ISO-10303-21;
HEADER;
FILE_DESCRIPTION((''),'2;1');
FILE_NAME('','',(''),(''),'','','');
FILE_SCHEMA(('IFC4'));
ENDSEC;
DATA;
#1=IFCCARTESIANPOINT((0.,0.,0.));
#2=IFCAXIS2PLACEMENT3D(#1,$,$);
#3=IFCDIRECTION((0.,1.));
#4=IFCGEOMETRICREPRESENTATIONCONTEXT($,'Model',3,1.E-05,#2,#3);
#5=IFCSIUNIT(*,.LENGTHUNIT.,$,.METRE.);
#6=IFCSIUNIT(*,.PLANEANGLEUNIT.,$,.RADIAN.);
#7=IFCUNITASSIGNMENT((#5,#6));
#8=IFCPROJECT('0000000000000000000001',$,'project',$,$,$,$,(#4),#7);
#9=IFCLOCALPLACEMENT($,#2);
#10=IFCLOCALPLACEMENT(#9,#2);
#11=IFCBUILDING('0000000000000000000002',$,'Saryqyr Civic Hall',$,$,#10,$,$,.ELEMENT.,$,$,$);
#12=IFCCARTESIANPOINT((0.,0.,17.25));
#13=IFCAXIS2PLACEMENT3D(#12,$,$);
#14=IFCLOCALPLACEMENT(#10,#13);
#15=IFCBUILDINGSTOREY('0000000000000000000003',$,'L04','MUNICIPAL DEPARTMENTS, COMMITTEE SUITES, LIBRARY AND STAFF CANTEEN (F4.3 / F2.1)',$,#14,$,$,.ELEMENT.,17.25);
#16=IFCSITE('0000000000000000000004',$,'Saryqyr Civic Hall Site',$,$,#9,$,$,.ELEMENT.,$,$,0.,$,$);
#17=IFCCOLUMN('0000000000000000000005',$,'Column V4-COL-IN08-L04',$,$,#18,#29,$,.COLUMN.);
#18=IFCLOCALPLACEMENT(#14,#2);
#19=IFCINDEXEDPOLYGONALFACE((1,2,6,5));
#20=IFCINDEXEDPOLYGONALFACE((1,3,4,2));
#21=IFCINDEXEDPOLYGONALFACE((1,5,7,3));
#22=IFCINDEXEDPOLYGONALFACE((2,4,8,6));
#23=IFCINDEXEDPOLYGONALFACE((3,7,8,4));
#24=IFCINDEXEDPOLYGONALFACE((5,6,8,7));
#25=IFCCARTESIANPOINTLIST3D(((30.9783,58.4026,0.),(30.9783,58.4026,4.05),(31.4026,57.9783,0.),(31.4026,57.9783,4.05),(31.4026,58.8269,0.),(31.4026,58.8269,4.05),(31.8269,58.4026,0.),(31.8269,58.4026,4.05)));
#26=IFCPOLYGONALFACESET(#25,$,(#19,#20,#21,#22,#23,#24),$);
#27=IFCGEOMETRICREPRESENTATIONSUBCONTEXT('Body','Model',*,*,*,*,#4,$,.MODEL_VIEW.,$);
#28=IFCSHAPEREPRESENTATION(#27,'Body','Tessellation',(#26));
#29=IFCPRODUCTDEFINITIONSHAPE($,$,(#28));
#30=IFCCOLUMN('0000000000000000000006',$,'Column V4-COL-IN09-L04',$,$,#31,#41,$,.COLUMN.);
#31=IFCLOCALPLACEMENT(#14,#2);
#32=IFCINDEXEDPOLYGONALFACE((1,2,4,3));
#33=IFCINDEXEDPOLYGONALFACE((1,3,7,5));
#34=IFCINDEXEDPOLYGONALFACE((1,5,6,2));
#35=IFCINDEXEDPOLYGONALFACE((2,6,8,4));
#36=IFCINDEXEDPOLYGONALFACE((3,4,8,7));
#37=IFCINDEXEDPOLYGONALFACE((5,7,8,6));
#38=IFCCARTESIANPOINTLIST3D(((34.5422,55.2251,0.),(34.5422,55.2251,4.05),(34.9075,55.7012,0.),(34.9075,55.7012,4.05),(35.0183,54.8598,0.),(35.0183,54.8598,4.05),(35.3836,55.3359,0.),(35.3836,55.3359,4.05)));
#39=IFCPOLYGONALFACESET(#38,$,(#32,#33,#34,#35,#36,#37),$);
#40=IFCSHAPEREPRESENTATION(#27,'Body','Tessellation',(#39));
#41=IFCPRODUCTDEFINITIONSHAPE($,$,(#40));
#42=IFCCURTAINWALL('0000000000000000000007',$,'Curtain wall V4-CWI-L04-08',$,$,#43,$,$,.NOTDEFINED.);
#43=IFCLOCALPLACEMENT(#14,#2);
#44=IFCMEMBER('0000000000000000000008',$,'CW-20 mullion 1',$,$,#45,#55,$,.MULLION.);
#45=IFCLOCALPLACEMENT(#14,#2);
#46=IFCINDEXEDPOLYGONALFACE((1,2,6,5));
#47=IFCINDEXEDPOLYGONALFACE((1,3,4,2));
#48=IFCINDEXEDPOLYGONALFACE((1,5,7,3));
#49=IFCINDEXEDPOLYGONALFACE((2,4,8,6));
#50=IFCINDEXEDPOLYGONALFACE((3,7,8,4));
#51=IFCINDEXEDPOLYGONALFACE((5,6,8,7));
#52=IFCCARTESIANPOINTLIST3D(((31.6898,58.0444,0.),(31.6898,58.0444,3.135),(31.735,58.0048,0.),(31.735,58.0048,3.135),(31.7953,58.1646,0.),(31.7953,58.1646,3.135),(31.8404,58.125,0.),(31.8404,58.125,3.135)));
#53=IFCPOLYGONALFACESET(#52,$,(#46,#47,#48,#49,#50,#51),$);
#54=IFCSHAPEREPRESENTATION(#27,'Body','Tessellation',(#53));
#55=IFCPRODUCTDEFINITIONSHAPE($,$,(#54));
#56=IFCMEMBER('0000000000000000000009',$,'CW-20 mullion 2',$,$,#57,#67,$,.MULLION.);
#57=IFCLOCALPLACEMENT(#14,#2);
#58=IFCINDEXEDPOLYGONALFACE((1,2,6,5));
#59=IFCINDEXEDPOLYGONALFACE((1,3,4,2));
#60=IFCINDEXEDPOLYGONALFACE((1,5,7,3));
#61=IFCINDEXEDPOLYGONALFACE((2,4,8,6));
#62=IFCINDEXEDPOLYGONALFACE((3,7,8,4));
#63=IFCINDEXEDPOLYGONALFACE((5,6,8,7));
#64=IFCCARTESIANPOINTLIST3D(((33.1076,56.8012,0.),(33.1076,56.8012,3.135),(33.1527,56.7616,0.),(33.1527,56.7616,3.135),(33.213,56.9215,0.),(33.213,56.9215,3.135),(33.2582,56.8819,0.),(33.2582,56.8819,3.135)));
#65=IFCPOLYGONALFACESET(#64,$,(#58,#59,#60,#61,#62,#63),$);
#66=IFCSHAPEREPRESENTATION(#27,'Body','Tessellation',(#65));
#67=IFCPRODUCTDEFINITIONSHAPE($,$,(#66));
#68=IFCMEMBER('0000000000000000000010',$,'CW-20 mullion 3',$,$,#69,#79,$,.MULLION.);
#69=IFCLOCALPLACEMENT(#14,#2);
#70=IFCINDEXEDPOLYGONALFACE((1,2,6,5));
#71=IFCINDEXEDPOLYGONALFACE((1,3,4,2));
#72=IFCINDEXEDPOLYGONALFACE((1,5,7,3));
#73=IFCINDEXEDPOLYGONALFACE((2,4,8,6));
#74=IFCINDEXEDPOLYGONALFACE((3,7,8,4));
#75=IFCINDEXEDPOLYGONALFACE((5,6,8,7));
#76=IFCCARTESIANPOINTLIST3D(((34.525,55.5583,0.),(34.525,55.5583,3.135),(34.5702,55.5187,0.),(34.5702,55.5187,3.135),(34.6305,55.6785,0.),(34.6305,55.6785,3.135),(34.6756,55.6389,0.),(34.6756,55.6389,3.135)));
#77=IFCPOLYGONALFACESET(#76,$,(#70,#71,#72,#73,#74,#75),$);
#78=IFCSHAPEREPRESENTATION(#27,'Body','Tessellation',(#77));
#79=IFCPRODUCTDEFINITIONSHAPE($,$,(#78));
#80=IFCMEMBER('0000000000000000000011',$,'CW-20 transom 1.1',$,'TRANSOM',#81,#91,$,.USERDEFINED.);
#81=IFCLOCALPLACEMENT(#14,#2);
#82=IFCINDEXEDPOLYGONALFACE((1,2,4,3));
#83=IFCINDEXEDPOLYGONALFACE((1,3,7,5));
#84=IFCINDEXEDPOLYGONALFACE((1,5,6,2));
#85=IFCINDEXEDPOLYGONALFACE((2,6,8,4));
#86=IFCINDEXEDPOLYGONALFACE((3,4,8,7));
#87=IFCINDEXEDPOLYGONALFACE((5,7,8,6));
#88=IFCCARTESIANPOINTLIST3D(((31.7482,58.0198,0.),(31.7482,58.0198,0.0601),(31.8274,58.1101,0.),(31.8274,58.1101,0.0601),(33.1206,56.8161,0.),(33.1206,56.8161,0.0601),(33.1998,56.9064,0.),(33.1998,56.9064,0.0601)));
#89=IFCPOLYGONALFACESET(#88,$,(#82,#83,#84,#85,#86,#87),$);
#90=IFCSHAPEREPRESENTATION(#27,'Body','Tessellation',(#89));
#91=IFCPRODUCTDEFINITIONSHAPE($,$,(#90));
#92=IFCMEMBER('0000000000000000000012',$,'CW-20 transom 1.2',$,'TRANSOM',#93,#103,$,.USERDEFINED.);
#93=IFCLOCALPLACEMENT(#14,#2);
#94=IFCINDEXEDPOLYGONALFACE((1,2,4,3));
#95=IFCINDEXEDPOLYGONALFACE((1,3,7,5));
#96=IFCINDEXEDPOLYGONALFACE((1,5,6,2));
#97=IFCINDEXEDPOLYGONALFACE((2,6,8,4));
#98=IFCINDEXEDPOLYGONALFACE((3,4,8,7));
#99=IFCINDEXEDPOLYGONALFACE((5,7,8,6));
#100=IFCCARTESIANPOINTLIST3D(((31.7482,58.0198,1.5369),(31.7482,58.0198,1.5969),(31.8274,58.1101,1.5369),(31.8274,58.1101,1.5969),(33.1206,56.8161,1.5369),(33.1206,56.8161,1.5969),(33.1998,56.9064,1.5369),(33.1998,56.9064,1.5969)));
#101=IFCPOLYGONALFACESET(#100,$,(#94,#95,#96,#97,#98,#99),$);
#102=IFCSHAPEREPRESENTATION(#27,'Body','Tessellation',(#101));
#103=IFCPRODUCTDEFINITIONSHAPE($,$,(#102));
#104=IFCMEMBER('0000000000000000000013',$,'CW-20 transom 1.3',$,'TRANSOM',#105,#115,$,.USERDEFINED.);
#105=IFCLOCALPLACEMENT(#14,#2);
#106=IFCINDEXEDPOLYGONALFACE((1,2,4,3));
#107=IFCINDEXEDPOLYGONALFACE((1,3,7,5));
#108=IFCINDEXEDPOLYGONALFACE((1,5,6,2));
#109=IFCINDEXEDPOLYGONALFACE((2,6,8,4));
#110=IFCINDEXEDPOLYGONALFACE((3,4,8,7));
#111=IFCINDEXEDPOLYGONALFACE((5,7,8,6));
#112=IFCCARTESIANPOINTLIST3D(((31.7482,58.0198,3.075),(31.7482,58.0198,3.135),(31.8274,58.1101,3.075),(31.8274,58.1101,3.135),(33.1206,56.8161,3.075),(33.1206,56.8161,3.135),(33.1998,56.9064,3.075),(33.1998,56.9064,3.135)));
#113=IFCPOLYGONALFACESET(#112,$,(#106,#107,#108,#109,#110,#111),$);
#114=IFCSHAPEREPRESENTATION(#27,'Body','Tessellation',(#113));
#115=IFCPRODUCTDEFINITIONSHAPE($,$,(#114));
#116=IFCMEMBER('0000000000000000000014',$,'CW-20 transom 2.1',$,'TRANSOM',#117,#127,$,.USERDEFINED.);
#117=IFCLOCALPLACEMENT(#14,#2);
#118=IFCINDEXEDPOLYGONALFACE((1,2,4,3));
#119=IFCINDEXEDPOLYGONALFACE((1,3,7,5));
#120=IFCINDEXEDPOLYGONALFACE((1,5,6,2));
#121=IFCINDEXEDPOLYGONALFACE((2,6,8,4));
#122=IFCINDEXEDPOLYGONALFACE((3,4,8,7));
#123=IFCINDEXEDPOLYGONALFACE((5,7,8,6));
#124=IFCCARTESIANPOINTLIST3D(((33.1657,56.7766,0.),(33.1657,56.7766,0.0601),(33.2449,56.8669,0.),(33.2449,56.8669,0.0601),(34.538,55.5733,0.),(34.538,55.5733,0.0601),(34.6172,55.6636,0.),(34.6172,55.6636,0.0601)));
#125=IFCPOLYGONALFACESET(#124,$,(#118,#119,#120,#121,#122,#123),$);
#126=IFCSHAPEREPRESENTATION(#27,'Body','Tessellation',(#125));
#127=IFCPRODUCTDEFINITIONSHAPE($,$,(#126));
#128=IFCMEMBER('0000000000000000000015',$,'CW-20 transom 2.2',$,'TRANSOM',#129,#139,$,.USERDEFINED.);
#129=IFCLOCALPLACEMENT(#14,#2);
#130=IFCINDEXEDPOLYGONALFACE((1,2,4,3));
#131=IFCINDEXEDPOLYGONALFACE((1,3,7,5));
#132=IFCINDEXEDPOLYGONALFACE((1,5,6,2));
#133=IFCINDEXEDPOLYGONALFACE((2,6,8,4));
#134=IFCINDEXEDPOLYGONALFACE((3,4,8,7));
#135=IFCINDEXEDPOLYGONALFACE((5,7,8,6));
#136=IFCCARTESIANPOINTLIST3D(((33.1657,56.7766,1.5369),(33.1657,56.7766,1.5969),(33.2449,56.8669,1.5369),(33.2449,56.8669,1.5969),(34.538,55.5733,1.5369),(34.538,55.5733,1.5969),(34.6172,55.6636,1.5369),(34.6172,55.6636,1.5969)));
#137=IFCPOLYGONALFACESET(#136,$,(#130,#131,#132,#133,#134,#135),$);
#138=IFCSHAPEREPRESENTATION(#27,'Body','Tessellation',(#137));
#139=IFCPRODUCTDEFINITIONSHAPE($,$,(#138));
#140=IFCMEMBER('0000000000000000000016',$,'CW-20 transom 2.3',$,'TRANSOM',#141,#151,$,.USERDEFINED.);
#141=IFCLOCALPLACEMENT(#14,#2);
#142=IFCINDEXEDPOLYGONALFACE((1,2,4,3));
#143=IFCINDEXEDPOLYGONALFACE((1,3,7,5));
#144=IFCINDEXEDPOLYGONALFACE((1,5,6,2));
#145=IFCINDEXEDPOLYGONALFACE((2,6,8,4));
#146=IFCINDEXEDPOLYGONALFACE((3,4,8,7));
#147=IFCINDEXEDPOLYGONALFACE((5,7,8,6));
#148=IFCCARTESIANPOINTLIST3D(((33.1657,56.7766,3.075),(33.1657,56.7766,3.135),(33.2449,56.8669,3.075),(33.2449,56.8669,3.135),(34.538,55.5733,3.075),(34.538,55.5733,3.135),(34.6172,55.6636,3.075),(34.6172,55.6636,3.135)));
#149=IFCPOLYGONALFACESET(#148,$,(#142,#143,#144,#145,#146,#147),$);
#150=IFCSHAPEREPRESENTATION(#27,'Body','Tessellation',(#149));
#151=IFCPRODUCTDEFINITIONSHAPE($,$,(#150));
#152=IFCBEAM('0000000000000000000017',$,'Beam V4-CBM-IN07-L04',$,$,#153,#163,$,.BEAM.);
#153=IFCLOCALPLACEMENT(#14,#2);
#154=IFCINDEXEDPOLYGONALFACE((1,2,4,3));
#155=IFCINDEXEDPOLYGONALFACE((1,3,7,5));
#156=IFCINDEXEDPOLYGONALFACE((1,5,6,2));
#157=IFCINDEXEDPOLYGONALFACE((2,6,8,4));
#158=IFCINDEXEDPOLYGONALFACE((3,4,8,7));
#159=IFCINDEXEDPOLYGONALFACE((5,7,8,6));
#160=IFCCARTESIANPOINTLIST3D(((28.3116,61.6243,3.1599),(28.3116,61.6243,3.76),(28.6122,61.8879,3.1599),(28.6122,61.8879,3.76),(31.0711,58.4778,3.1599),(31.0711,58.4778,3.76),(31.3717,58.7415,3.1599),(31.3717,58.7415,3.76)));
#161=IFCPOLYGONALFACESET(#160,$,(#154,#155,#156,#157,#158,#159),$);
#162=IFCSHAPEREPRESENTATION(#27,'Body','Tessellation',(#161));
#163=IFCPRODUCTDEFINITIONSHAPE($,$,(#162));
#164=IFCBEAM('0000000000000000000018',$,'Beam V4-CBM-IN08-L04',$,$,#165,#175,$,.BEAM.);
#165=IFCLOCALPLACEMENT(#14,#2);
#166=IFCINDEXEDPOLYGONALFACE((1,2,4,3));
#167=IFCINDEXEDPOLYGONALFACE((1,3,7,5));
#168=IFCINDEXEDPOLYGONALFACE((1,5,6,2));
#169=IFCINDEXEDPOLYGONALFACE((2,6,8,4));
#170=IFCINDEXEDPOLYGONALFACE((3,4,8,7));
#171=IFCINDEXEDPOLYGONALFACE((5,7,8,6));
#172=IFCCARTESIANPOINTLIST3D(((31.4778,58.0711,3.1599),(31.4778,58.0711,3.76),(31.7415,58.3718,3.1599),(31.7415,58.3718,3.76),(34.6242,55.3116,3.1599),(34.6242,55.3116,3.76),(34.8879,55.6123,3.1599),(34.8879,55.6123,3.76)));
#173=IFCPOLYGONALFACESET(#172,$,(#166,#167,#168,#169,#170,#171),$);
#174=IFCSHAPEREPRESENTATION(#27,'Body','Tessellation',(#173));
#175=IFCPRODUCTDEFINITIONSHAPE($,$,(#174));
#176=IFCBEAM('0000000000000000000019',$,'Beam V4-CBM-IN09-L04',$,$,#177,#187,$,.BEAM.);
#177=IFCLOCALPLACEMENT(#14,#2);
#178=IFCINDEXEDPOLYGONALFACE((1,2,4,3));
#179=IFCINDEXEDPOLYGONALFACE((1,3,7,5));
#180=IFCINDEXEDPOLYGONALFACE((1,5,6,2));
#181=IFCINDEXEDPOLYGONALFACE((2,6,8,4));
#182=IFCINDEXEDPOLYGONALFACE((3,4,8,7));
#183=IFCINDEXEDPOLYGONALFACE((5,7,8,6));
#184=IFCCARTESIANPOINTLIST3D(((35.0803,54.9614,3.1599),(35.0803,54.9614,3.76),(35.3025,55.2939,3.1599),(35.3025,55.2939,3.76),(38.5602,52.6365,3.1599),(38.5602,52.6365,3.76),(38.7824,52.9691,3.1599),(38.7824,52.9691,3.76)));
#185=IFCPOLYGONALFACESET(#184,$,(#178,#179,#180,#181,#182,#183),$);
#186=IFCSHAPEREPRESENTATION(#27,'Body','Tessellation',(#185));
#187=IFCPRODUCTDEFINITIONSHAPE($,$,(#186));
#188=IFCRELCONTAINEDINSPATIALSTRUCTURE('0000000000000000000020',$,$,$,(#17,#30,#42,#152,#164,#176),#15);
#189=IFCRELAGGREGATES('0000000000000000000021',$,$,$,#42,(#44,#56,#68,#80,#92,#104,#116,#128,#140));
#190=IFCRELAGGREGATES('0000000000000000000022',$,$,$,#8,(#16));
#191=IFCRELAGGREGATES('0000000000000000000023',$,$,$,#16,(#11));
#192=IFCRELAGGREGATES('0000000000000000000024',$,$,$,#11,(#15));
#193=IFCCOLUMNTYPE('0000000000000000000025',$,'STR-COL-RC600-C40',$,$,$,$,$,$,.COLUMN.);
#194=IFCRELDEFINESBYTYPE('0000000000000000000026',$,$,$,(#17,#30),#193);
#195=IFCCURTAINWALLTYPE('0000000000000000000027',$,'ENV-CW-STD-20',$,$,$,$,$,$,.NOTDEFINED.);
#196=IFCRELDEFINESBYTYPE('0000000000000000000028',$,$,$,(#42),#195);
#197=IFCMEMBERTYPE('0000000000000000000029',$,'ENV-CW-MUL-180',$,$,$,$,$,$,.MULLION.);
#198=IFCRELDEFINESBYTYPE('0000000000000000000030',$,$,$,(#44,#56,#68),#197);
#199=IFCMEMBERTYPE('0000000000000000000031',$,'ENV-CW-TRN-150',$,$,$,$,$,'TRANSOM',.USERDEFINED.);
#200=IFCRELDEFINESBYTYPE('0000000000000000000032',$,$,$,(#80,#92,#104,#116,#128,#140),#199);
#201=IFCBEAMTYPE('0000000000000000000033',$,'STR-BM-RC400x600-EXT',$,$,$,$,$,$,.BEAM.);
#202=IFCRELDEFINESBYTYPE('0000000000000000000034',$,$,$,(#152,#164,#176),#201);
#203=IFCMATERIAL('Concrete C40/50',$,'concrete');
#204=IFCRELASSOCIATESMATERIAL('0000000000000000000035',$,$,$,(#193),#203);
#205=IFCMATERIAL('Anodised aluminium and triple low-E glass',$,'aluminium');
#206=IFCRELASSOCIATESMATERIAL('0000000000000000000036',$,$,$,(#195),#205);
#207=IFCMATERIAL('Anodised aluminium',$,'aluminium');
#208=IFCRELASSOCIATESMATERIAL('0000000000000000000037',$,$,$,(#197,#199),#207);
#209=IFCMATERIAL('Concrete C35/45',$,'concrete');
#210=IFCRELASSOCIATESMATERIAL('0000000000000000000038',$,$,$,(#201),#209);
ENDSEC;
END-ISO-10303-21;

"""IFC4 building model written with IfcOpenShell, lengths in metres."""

from ifc_helpers import new_model, si_unit, direction, frame, origin, origin_2d, place, context, subcontext, project, spatial, rectangle, extrude, material, material_profile, profile_set, type_object, element, aggregate, save


model = new_model("IFC4")

# Units and contexts
model_context = context("Model", 3, precision=1e-05, world=origin(), true_north=direction((0.0, 1.0)))
body_context = subcontext(model_context, "Body", "Model", "MODEL_VIEW")
ifc_project = project(units=[si_unit("LENGTHUNIT", "METRE"), si_unit("PLANEANGLEUNIT", "RADIAN")], contexts=[model_context])

# Site, building, storey
site_placement = place(None, origin())
site = spatial("IfcSite", under=ifc_project, at=site_placement, Name="Saryqyr Civic Hall Site", CompositionType="ELEMENT", RefElevation=0.0)
building_placement = place(site_placement, origin())
building = spatial("IfcBuilding", under=site, at=building_placement, Name="Saryqyr Civic Hall", CompositionType="ELEMENT")
storey_placement = place(building_placement, frame((0.0, 0.0, 17.25)))
storey = spatial("IfcBuildingStorey", under=building, at=storey_placement, Name="L04", Description="MUNICIPAL DEPARTMENTS, COMMITTEE SUITES, LIBRARY AND STAFF CANTEEN (F4.3 / F2.1)", CompositionType="ELEMENT", Elevation=17.25)

# Columns
ifc_material_1 = material(Name="Concrete C40/50", Category="concrete")
ifc_material_profile_1 = material_profile(ifc_material_1, rectangle(XDim=0.6001, YDim=0.6001, at=origin_2d()), Name="RC 600x600")
ifc_profile_set_1 = profile_set([ifc_material_profile_1], Name="Concrete C40/50")
column_type = type_object("IfcColumnType", Name="STR-COL-RC600-C40", PredefinedType="COLUMN", material=ifc_profile_set_1)
for number, where, z_axis, x_axis, name in (
    (1, (31.4026, 58.4026, 0.0), (0.0, 0.0, 1.0), (-0.707107, -0.707107, 0.0), "Column V4-COL-IN08-L04"),
    (2, (34.9629, 55.2805, 0.0), (0.0, 0.0, 1.0), (-0.608761, -0.793353, 0.0), "Column V4-COL-IN09-L04"),
):
    element("IfcColumn", number, at=place(storey_placement, frame(where, z_axis=z_axis, x_axis=x_axis)), inside=storey, type_object=column_type, Name=name, PredefinedType="COLUMN", context=body_context, shape_type="SweptSolid", body=[
        extrude(rectangle(XDim=0.6001, YDim=0.6001, at=origin_2d()), origin(), (0.0, 0.0, 1.0), 4.05),
    ])

# Curtain wall, members
ifc_material_2 = material(Name="Anodised aluminium and triple low-E glass", Category="aluminium")
curtain_wall_type = type_object("IfcCurtainWallType", Name="ENV-CW-STD-20", PredefinedType="NOTDEFINED", material=ifc_material_2)
curtain_wall_placement = place(storey_placement, origin())
curtain_wall = element("IfcCurtainWall", 3, at=curtain_wall_placement, inside=storey, type_object=curtain_wall_type, Name="Curtain wall V4-CWI-L04-08", PredefinedType="NOTDEFINED")
ifc_material_3 = material(Name="Anodised aluminium", Category="aluminium")
ifc_material_profile_2 = material_profile(ifc_material_3, rectangle(XDim=0.0601, YDim=0.1599, at=origin_2d()), Name="ALU MULLION 60x160")
ifc_profile_set_2 = profile_set([ifc_material_profile_2], Name="Anodised aluminium")
member_type_1 = type_object("IfcMemberType", Name="ENV-CW-MUL-180", PredefinedType="MULLION", material=ifc_profile_set_2)
member_1_placement = place(storey_placement, frame((31.7651, 58.0847, 0.0), z_axis=(0.0, 0.0, 1.0), x_axis=(0.75185, -0.659334, 0.0)))
member_1 = element("IfcMember", 4, at=member_1_placement, type_object=member_type_1, Name="CW-20 mullion 1", PredefinedType="MULLION", context=body_context, shape_type="SweptSolid", body=[
    extrude(rectangle(XDim=0.0601, YDim=0.1599, at=origin_2d()), origin(), (0.0, 0.0, 1.0), 3.135),
])
member_2_placement = place(storey_placement, frame((33.1829, 56.8416, 0.0), z_axis=(0.0, 0.0, 1.0), x_axis=(0.75185, -0.659334, 0.0)))
member_2 = element("IfcMember", 5, at=member_2_placement, type_object=member_type_1, Name="CW-20 mullion 2", PredefinedType="MULLION", context=body_context, shape_type="SweptSolid", body=[
    extrude(rectangle(XDim=0.0601, YDim=0.1599, at=origin_2d()), origin(), (0.0, 0.0, 1.0), 3.135),
])
member_3_placement = place(storey_placement, frame((34.6003, 55.5986, 0.0), z_axis=(0.0, 0.0, 1.0), x_axis=(0.75185, -0.659334, 0.0)))
member_3 = element("IfcMember", 6, at=member_3_placement, type_object=member_type_1, Name="CW-20 mullion 3", PredefinedType="MULLION", context=body_context, shape_type="SweptSolid", body=[
    extrude(rectangle(XDim=0.0601, YDim=0.1599, at=origin_2d()), origin(), (0.0, 0.0, 1.0), 3.135),
])
ifc_material_profile_3 = material_profile(ifc_material_3, rectangle(XDim=0.1201, YDim=0.0601, at=origin_2d()), Name="ALU TRANSOM 120x60")
ifc_profile_set_3 = profile_set([ifc_material_profile_3], Name="Anodised aluminium")
member_type_2 = type_object("IfcMemberType", Name="ENV-CW-TRN-150", ElementType="TRANSOM", PredefinedType="USERDEFINED", material=ifc_profile_set_3)
member_4_placement = place(storey_placement, frame((31.7878, 58.0649, 0.03), z_axis=(0.751806, -0.659385, 0.0), x_axis=(0.659385, 0.751806, 0.0)))
member_4 = element("IfcMember", 7, at=member_4_placement, type_object=member_type_2, Name="CW-20 transom 1.1", ObjectType="TRANSOM", PredefinedType="USERDEFINED", context=body_context, shape_type="SweptSolid", body=[
    extrude(rectangle(XDim=0.1201, YDim=0.0601, at=origin_2d()), origin(), (0.0, 0.0, 1.0), 1.8254),
])
member_5_placement = place(storey_placement, frame((31.7878, 58.0649, 1.5669), z_axis=(0.751806, -0.659385, 0.0), x_axis=(0.659385, 0.751806, 0.0)))
member_5 = element("IfcMember", 8, at=member_5_placement, type_object=member_type_2, Name="CW-20 transom 1.2", ObjectType="TRANSOM", PredefinedType="USERDEFINED", context=body_context, shape_type="SweptSolid", body=[
    extrude(rectangle(XDim=0.1201, YDim=0.0601, at=origin_2d()), origin(), (0.0, 0.0, 1.0), 1.8254),
])
member_6_placement = place(storey_placement, frame((31.7878, 58.0649, 3.105), z_axis=(0.751806, -0.659385, 0.0), x_axis=(0.659385, 0.751806, 0.0)))
member_6 = element("IfcMember", 9, at=member_6_placement, type_object=member_type_2, Name="CW-20 transom 1.3", ObjectType="TRANSOM", PredefinedType="USERDEFINED", context=body_context, shape_type="SweptSolid", body=[
    extrude(rectangle(XDim=0.1201, YDim=0.0601, at=origin_2d()), origin(), (0.0, 0.0, 1.0), 1.8254),
])
member_7_placement = place(storey_placement, frame((33.2053, 56.8218, 0.03), z_axis=(0.751872, -0.659309, 0.0), x_axis=(0.659309, 0.751872, 0.0)))
member_7 = element("IfcMember", 10, at=member_7_placement, type_object=member_type_2, Name="CW-20 transom 2.1", ObjectType="TRANSOM", PredefinedType="USERDEFINED", context=body_context, shape_type="SweptSolid", body=[
    extrude(rectangle(XDim=0.1201, YDim=0.0601, at=origin_2d()), origin(), (0.0, 0.0, 1.0), 1.8252),
])
member_8_placement = place(storey_placement, frame((33.2053, 56.8218, 1.5669), z_axis=(0.751872, -0.659309, 0.0), x_axis=(0.659309, 0.751872, 0.0)))
member_8 = element("IfcMember", 11, at=member_8_placement, type_object=member_type_2, Name="CW-20 transom 2.2", ObjectType="TRANSOM", PredefinedType="USERDEFINED", context=body_context, shape_type="SweptSolid", body=[
    extrude(rectangle(XDim=0.1201, YDim=0.0601, at=origin_2d()), origin(), (0.0, 0.0, 1.0), 1.8252),
])
member_9_placement = place(storey_placement, frame((33.2053, 56.8218, 3.105), z_axis=(0.751872, -0.659309, 0.0), x_axis=(0.659309, 0.751872, 0.0)))
member_9 = element("IfcMember", 12, at=member_9_placement, type_object=member_type_2, Name="CW-20 transom 2.3", ObjectType="TRANSOM", PredefinedType="USERDEFINED", context=body_context, shape_type="SweptSolid", body=[
    extrude(rectangle(XDim=0.1201, YDim=0.0601, at=origin_2d()), origin(), (0.0, 0.0, 1.0), 1.8252),
])

# Beams
ifc_material_4 = material(Name="Concrete C35/45", Category="concrete")
ifc_material_profile_4 = material_profile(ifc_material_4, rectangle(XDim=0.3999, YDim=0.6001, at=origin_2d()), Name="RC 400x600")
ifc_profile_set_4 = profile_set([ifc_material_profile_4], Name="Concrete C35/45")
beam_type_1 = type_object("IfcBeamType", Name="STR-BM-RC400x600-EXT", PredefinedType="BEAM", material=ifc_profile_set_4)
for number, where, z_axis, x_axis, name in (
    (13, (28.4619, 61.7561, 3.46), (0.659363, -0.751825, 0.0), (0.751825, 0.659363, 0.0), "Beam V4-CBM-IN07-L04"),
    (14, (31.6096, 58.2214, 3.46), (0.751825, -0.659363, 0.0), (0.659363, 0.751825, 0.0), "Beam V4-CBM-IN08-L04"),
    (15, (35.1914, 55.1277, 3.46), (0.831502, -0.555521, 0.0), (0.555521, 0.831502, 0.0), "Beam V4-CBM-IN09-L04"),
):
    element("IfcBeam", number, at=place(storey_placement, frame(where, z_axis=z_axis, x_axis=x_axis)), inside=storey, type_object=beam_type_1, Name=name, PredefinedType="BEAM", context=body_context, shape_type="SweptSolid", body=[
        extrude(rectangle(XDim=0.3999, YDim=0.6001, at=origin_2d()), origin(), (0.0, 0.0, 1.0), 4.1851),
    ])

aggregate(curtain_wall, [member_1, member_2, member_3, member_4, member_5, member_6, member_7, member_8, member_9])

save(model, "model.ifc")
